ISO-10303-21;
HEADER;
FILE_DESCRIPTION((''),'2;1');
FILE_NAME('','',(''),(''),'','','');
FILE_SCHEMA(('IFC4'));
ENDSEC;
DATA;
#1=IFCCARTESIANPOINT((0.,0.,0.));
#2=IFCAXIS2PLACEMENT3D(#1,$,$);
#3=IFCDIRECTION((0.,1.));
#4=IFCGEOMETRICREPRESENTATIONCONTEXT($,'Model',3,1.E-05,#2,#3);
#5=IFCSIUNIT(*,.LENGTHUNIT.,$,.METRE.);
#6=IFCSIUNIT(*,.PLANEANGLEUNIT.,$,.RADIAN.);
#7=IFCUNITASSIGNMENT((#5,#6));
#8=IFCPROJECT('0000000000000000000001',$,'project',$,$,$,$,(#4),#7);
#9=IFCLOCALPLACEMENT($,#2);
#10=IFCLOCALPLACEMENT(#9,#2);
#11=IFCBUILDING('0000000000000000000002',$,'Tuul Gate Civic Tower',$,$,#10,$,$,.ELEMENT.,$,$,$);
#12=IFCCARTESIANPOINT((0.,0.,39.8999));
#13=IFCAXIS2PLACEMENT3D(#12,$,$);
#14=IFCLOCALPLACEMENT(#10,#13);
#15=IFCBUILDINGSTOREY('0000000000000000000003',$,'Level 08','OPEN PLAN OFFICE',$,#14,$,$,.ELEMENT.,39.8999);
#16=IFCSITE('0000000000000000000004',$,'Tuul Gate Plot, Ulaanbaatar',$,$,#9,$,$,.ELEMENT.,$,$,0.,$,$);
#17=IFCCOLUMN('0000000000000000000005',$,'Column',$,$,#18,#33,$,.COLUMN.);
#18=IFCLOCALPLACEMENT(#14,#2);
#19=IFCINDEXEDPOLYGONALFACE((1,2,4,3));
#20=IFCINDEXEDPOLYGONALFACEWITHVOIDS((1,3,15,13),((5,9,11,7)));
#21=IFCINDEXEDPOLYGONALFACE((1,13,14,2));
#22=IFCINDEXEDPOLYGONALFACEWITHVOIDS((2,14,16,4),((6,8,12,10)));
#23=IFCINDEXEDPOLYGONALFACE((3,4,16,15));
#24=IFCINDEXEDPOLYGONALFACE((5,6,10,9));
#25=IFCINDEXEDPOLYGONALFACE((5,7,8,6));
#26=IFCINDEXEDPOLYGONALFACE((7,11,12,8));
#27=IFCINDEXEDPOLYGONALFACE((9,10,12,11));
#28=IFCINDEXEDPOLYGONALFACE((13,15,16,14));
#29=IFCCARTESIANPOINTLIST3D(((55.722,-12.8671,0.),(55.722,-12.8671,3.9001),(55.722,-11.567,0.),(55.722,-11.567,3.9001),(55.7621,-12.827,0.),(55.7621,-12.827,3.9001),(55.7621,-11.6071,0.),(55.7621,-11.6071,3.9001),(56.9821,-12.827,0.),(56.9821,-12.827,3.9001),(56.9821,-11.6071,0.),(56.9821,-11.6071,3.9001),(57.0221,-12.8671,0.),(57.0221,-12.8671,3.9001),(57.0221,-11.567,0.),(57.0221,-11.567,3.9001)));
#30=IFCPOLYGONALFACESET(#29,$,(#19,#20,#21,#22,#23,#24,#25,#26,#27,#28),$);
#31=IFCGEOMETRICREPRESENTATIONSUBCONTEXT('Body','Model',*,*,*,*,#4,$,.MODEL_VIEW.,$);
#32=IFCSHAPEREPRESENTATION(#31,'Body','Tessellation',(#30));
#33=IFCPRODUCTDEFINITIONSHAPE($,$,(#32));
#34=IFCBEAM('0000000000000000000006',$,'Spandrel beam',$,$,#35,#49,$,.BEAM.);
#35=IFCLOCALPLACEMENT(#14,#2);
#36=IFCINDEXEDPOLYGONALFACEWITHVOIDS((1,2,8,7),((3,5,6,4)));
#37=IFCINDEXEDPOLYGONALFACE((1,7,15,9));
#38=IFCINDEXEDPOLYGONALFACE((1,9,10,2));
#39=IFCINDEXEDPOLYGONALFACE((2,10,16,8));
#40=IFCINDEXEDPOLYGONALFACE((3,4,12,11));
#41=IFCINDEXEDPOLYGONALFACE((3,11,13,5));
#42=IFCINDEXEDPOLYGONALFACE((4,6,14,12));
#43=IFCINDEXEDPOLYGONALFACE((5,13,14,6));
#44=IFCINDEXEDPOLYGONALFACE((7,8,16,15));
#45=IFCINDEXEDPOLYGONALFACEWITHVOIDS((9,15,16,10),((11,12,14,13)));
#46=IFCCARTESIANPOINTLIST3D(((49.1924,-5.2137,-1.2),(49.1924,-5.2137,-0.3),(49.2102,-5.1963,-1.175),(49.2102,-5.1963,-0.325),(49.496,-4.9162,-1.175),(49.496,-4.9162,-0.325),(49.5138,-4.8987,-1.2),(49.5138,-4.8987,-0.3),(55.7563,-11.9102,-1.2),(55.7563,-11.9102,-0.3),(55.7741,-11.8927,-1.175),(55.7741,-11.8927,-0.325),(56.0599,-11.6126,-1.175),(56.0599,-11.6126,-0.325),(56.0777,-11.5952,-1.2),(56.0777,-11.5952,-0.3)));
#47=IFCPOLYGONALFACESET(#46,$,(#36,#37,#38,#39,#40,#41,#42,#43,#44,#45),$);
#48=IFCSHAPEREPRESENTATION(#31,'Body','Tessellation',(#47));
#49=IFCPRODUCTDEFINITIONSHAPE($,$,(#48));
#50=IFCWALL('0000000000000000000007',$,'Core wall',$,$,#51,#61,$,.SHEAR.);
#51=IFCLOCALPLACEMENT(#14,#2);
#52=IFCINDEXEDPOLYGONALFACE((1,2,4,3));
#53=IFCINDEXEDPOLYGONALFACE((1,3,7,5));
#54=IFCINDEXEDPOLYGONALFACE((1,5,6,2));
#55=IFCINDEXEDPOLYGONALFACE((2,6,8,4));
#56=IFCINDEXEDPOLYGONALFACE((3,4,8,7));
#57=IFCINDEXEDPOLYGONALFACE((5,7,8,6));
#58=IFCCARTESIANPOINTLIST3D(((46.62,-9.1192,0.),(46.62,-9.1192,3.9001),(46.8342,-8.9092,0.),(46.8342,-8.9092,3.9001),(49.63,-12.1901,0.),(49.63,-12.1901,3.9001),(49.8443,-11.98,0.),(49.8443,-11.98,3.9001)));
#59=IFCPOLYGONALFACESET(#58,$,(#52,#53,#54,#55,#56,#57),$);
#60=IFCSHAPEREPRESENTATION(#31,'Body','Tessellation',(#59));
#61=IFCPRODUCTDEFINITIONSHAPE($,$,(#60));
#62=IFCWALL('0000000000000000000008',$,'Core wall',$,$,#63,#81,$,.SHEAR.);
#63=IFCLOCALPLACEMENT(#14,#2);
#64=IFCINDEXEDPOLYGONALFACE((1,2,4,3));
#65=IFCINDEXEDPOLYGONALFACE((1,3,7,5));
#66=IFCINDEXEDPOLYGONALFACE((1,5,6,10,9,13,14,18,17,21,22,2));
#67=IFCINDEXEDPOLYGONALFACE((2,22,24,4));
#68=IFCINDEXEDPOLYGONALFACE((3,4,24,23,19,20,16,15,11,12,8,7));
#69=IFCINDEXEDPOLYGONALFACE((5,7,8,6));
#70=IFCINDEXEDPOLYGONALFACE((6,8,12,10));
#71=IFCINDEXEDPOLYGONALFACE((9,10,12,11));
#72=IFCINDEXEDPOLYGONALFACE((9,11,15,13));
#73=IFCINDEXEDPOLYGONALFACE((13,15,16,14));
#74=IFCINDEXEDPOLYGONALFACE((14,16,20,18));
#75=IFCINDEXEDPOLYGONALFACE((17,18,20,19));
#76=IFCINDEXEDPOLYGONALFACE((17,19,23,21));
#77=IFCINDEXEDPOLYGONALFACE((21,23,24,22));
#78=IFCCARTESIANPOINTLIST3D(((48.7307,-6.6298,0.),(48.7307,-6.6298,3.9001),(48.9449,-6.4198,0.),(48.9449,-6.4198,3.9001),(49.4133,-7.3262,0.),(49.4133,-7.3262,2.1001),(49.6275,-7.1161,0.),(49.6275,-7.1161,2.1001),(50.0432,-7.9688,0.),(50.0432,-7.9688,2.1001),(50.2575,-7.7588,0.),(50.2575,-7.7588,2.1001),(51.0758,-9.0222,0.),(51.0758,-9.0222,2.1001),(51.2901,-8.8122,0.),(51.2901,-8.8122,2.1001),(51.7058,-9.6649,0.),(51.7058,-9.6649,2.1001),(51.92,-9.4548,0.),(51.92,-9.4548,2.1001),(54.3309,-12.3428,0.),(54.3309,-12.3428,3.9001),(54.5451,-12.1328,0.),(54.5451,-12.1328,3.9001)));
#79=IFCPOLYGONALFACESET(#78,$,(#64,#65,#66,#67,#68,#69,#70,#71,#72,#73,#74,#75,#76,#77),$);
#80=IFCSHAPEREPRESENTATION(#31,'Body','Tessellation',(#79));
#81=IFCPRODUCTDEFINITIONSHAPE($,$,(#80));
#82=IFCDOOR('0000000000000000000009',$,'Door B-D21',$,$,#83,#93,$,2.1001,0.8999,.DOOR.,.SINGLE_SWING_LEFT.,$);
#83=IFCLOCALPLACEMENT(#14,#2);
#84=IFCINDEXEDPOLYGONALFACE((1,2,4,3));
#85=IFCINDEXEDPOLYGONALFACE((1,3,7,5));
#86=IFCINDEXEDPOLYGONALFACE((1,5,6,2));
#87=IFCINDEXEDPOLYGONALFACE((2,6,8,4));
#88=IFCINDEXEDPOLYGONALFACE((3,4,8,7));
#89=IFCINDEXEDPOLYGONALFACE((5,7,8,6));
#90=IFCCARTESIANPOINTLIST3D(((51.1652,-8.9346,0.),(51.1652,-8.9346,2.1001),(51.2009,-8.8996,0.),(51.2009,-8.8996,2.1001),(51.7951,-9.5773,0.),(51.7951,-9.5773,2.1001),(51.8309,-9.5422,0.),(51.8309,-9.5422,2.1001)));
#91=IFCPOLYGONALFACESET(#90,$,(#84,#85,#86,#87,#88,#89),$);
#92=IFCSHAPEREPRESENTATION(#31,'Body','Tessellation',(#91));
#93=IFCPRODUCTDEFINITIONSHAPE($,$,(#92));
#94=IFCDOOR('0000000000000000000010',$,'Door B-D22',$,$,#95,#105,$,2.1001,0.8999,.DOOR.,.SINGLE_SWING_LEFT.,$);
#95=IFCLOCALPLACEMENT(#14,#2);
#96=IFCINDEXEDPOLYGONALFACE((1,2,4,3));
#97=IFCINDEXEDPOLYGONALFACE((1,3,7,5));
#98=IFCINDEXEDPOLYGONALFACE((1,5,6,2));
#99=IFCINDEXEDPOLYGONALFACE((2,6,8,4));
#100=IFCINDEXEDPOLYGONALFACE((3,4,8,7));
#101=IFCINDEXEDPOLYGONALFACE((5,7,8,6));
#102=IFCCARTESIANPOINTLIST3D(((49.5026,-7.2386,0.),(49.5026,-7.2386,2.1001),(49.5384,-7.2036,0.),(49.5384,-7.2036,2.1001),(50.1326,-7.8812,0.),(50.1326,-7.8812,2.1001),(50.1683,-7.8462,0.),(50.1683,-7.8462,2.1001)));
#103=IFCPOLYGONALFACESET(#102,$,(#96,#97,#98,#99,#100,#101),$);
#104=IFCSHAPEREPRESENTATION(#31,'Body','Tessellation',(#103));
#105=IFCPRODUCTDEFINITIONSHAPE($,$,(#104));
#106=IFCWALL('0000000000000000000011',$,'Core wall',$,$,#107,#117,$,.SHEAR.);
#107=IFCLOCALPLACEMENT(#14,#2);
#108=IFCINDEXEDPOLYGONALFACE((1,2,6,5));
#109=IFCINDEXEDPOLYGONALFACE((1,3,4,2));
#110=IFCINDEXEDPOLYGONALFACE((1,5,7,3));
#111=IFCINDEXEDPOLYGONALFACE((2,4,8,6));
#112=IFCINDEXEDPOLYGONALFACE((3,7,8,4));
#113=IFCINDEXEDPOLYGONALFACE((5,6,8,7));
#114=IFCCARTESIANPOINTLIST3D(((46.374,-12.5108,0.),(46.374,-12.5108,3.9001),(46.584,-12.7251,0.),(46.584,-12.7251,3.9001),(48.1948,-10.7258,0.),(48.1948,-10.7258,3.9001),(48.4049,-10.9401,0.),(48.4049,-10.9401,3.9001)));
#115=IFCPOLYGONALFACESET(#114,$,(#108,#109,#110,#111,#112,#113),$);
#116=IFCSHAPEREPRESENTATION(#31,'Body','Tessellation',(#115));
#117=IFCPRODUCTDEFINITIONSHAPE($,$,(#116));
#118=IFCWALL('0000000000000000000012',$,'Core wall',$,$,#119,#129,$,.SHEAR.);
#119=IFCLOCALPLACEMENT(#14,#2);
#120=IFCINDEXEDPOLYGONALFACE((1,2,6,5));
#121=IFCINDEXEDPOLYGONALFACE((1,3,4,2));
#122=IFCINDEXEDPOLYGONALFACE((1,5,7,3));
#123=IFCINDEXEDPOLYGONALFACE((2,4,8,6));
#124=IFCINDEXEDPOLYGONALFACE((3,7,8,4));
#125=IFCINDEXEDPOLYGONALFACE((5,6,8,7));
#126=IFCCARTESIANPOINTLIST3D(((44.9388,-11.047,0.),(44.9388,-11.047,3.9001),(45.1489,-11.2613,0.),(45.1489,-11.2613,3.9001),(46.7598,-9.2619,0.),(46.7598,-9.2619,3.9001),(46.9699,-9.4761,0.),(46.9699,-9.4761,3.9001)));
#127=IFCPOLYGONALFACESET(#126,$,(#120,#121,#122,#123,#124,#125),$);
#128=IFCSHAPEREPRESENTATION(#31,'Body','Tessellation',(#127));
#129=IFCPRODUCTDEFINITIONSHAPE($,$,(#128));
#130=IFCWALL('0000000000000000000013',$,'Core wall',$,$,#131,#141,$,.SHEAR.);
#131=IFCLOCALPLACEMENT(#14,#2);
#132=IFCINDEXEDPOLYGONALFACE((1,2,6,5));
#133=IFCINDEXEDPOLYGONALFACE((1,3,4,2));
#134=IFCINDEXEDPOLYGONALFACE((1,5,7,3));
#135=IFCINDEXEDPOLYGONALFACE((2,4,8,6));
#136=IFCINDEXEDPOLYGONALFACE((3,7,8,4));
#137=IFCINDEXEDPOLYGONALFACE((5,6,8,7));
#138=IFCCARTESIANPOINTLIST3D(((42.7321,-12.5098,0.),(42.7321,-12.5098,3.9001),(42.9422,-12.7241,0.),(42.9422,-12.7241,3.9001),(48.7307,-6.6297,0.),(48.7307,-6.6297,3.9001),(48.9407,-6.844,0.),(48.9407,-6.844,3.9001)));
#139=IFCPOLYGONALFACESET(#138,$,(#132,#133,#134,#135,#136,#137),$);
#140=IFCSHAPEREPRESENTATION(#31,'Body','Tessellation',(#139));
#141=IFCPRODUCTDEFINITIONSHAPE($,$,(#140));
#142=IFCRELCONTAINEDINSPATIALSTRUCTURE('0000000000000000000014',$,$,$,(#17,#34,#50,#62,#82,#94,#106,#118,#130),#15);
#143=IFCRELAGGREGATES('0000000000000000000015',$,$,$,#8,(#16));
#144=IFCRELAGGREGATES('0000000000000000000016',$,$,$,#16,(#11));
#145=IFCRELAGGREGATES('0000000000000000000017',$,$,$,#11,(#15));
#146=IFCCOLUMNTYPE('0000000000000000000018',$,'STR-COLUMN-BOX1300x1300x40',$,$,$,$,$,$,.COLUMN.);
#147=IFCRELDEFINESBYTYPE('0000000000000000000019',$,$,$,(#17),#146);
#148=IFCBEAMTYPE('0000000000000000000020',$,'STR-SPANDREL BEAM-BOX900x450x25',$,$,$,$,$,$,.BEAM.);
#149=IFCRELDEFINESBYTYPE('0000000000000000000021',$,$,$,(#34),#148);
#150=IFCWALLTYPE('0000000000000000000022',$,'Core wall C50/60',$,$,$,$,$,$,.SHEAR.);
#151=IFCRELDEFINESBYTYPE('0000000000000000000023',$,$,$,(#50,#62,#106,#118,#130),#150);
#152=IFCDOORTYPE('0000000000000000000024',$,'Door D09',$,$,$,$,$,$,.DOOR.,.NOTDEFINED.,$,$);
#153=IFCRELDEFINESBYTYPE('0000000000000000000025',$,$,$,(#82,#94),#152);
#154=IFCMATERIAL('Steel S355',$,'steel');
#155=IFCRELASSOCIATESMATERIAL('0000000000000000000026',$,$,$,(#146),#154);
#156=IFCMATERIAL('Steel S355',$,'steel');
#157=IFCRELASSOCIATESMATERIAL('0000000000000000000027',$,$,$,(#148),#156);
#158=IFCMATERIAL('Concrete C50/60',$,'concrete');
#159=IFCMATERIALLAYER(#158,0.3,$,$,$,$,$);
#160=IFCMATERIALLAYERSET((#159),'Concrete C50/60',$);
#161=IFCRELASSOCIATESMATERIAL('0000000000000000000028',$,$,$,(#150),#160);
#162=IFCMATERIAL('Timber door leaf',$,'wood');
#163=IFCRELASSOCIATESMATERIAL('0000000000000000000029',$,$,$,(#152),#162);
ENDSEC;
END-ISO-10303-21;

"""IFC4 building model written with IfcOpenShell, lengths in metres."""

from ifc_helpers import new_model, si_unit, direction, frame, frame_2d, origin, origin_2d, place, context, subcontext, project, spatial, rectangle, hollow_rectangle, extrude, material, layer, layer_set, material_profile, profile_set, type_object, element, fill, save


model = new_model("IFC4")

# Units and contexts
model_context = context("Model", 3, precision=1e-05, world=origin(), true_north=direction((0.0, 1.0)))
body_context = subcontext(model_context, "Body", "Model", "MODEL_VIEW")
ifc_project = project(units=[si_unit("LENGTHUNIT", "METRE"), si_unit("PLANEANGLEUNIT", "RADIAN")], contexts=[model_context])

# Site, building, storey
site_placement = place(None, origin())
site = spatial("IfcSite", under=ifc_project, at=site_placement, Name="Tuul Gate Plot, Ulaanbaatar", CompositionType="ELEMENT", RefElevation=0.0)
building_placement = place(site_placement, origin())
building = spatial("IfcBuilding", under=site, at=building_placement, Name="Tuul Gate Civic Tower", CompositionType="ELEMENT")
storey_placement = place(building_placement, frame((0.0, 0.0, 39.8999)))
storey = spatial("IfcBuildingStorey", under=building, at=storey_placement, Name="Level 08", Description="OPEN PLAN OFFICE", CompositionType="ELEMENT", Elevation=39.8999)

# Column
ifc_material_1 = material(Name="Steel S355", Category="steel")
ifc_material_profile_1 = material_profile(ifc_material_1, hollow_rectangle(XDim=1.3, YDim=1.3, WallThickness=0.04, at=origin_2d()), Name="BOX1300x1300x40")
ifc_profile_set_1 = profile_set([ifc_material_profile_1], Name="Steel S355")
column_type = type_object("IfcColumnType", Name="STR-COLUMN-BOX1300x1300x40", PredefinedType="COLUMN", material=ifc_profile_set_1)
column_placement = place(storey_placement, frame((56.3721, -12.217, 0.0), z_axis=(0.0, 0.0, 1.0), x_axis=(1.0, 0.0, 0.0)))
element("IfcColumn", 1, at=column_placement, inside=storey, type_object=column_type, Name="Column", PredefinedType="COLUMN", context=body_context, shape_type="SweptSolid", body=[
    extrude(hollow_rectangle(XDim=1.3, YDim=1.3, WallThickness=0.04, at=origin_2d()), origin(), (0.0, 0.0, 1.0), 3.9001),
])

# Beam
ifc_material_2 = material(Name="Steel S355", Category="steel")
ifc_material_profile_2 = material_profile(ifc_material_2, hollow_rectangle(XDim=0.45, YDim=0.8999, WallThickness=0.0249, at=origin_2d()), Name="BOX900x450x25")
ifc_profile_set_2 = profile_set([ifc_material_profile_2], Name="Steel S355")
beam_type = type_object("IfcBeamType", Name="STR-SPANDREL BEAM-BOX900x450x25", PredefinedType="BEAM", material=ifc_profile_set_2)
beam_placement = place(storey_placement, frame((55.917, -11.7527, -0.75), z_axis=(-0.700003, 0.71414, 0.0), x_axis=(-0.71414, -0.700003, 0.0)))
element("IfcBeam", 2, at=beam_placement, inside=storey, type_object=beam_type, Name="Spandrel beam", PredefinedType="BEAM", context=body_context, shape_type="SweptSolid", body=[
    extrude(hollow_rectangle(XDim=0.45, YDim=0.8999, WallThickness=0.0249, at=origin_2d()), origin(), (0.0, 0.0, 1.0), 9.377),
])

# Wall
ifc_material_3 = material(Name="Concrete C50/60", Category="concrete")
ifc_layer_1 = layer(ifc_material_3, 0.3)
ifc_layer_set_1 = layer_set([ifc_layer_1], Name="Concrete C50/60")
wall_type_1 = type_object("IfcWallType", Name="Core wall C50/60", PredefinedType="SHEAR", material=ifc_layer_set_1)
wall_1_placement = place(storey_placement, frame((49.7371, -12.085, 0.0), z_axis=(0.0, 0.0, 1.0), x_axis=(-0.700003, 0.71414, 0.0)))
element("IfcWall", 3, at=wall_1_placement, inside=storey, type_object=wall_type_1, Name="Core wall", PredefinedType="SHEAR", context=body_context, shape_type="SweptSolid", body=[
    extrude(rectangle(XDim=4.3, YDim=0.3, at=frame_2d((2.1499, 0.0))), origin(), (0.0, 0.0, 1.0), 3.9001),
])

# Wall, openings, doors
wall_2_placement = place(storey_placement, frame((54.438, -12.2378, 0.0), z_axis=(0.0, 0.0, 1.0), x_axis=(-0.700022, 0.714121, 0.0)))
wall_2 = element("IfcWall", 4, at=wall_2_placement, inside=storey, type_object=wall_type_1, Name="Core wall", PredefinedType="SHEAR", context=body_context, shape_type="SweptSolid", body=[
    extrude(rectangle(XDim=8.0, YDim=0.3, at=frame_2d((4.0, 0.0))), origin(), (0.0, 0.0, 1.0), 3.9001),
])
opening_1_placement = place(wall_2_placement, frame((3.75, 0.0, 0.0)))
opening_1 = element("IfcOpeningElement", 5, at=opening_1_placement, cuts=wall_2, PredefinedType="OPENING", context=body_context, shape_type="SweptSolid", body=[
    extrude(rectangle(XDim=0.8999, YDim=2.1001, at=frame_2d((0.45, 1.05))), frame((0.0, 0.1602, 0.0), z_axis=(0.0, -1.0, 0.0), x_axis=(1.0, 0.0, 0.0)), (0.0, 0.0, 1.0), 0.3201),
])
opening_2_placement = place(wall_2_placement, frame((6.125, 0.0, 0.0)))
opening_2 = element("IfcOpeningElement", 6, at=opening_2_placement, cuts=wall_2, PredefinedType="OPENING", context=body_context, shape_type="SweptSolid", body=[
    extrude(rectangle(XDim=0.8999, YDim=2.1001, at=frame_2d((0.45, 1.05))), frame((0.0, 0.1602, 0.0), z_axis=(0.0, -1.0, 0.0), x_axis=(1.0, 0.0, 0.0)), (0.0, 0.0, 1.0), 0.3201),
])
ifc_material_4 = material(Name="Timber door leaf", Category="wood")
door_type = type_object("IfcDoorType", Name="Door D09", OperationType="NOTDEFINED", PredefinedType="DOOR", material=ifc_material_4)
door_1_placement = place(opening_1_placement, origin())
door_1 = element("IfcDoor", 7, at=door_1_placement, inside=storey, type_object=door_type, Name="Door B-D21", OperationType="SINGLE_SWING_LEFT", OverallHeight=2.1001, OverallWidth=0.8999, PredefinedType="DOOR", context=body_context, shape_type="SweptSolid", body=[
    extrude(rectangle(XDim=0.8999, YDim=2.1001, at=frame_2d((0.45, 1.05))), frame((0.0, 0.0249, 0.0), z_axis=(0.0, -1.0, 0.0), x_axis=(1.0, 0.0, 0.0)), (0.0, 0.0, 1.0), 0.05),
])
fill(opening_1, door_1)
door_2_placement = place(opening_2_placement, origin())
door_2 = element("IfcDoor", 8, at=door_2_placement, inside=storey, type_object=door_type, Name="Door B-D22", OperationType="SINGLE_SWING_LEFT", OverallHeight=2.1001, OverallWidth=0.8999, PredefinedType="DOOR", context=body_context, shape_type="SweptSolid", body=[
    extrude(rectangle(XDim=0.8999, YDim=2.1001, at=frame_2d((0.45, 1.05))), frame((0.0, 0.0249, 0.0), z_axis=(0.0, -1.0, 0.0), x_axis=(1.0, 0.0, 0.0)), (0.0, 0.0, 1.0), 0.05),
])
fill(opening_2, door_2)

# Walls
wall_3_placement = place(storey_placement, frame((46.479, -12.6179, 0.0), z_axis=(0.0, 0.0, 1.0), x_axis=(0.714109, 0.700034, 0.0)))
element("IfcWall", 9, at=wall_3_placement, inside=storey, type_object=wall_type_1, Name="Core wall", PredefinedType="SHEAR", context=body_context, shape_type="SweptSolid", body=[
    extrude(rectangle(XDim=2.5498, YDim=0.3, at=frame_2d((1.2749, 0.0))), origin(), (0.0, 0.0, 1.0), 3.9001),
])
wall_4_placement = place(storey_placement, frame((45.0439, -11.1541, 0.0), z_axis=(0.0, 0.0, 1.0), x_axis=(0.714108, 0.700035, 0.0)))
element("IfcWall", 10, at=wall_4_placement, inside=storey, type_object=wall_type_1, Name="Core wall", PredefinedType="SHEAR", context=body_context, shape_type="SweptSolid", body=[
    extrude(rectangle(XDim=2.55, YDim=0.3, at=frame_2d((1.2749, 0.0))), origin(), (0.0, 0.0, 1.0), 3.9001),
])
wall_5_placement = place(storey_placement, frame((42.8372, -12.6169, 0.0), z_axis=(0.0, 0.0, 1.0), x_axis=(0.71412, 0.700023, 0.0)))
element("IfcWall", 11, at=wall_5_placement, inside=storey, type_object=wall_type_1, Name="Core wall", PredefinedType="SHEAR", context=body_context, shape_type="SweptSolid", body=[
    extrude(rectangle(XDim=8.3999, YDim=0.3, at=frame_2d((4.2, 0.0))), origin(), (0.0, 0.0, 1.0), 3.9001),
])

save(model, "model.ifc")
